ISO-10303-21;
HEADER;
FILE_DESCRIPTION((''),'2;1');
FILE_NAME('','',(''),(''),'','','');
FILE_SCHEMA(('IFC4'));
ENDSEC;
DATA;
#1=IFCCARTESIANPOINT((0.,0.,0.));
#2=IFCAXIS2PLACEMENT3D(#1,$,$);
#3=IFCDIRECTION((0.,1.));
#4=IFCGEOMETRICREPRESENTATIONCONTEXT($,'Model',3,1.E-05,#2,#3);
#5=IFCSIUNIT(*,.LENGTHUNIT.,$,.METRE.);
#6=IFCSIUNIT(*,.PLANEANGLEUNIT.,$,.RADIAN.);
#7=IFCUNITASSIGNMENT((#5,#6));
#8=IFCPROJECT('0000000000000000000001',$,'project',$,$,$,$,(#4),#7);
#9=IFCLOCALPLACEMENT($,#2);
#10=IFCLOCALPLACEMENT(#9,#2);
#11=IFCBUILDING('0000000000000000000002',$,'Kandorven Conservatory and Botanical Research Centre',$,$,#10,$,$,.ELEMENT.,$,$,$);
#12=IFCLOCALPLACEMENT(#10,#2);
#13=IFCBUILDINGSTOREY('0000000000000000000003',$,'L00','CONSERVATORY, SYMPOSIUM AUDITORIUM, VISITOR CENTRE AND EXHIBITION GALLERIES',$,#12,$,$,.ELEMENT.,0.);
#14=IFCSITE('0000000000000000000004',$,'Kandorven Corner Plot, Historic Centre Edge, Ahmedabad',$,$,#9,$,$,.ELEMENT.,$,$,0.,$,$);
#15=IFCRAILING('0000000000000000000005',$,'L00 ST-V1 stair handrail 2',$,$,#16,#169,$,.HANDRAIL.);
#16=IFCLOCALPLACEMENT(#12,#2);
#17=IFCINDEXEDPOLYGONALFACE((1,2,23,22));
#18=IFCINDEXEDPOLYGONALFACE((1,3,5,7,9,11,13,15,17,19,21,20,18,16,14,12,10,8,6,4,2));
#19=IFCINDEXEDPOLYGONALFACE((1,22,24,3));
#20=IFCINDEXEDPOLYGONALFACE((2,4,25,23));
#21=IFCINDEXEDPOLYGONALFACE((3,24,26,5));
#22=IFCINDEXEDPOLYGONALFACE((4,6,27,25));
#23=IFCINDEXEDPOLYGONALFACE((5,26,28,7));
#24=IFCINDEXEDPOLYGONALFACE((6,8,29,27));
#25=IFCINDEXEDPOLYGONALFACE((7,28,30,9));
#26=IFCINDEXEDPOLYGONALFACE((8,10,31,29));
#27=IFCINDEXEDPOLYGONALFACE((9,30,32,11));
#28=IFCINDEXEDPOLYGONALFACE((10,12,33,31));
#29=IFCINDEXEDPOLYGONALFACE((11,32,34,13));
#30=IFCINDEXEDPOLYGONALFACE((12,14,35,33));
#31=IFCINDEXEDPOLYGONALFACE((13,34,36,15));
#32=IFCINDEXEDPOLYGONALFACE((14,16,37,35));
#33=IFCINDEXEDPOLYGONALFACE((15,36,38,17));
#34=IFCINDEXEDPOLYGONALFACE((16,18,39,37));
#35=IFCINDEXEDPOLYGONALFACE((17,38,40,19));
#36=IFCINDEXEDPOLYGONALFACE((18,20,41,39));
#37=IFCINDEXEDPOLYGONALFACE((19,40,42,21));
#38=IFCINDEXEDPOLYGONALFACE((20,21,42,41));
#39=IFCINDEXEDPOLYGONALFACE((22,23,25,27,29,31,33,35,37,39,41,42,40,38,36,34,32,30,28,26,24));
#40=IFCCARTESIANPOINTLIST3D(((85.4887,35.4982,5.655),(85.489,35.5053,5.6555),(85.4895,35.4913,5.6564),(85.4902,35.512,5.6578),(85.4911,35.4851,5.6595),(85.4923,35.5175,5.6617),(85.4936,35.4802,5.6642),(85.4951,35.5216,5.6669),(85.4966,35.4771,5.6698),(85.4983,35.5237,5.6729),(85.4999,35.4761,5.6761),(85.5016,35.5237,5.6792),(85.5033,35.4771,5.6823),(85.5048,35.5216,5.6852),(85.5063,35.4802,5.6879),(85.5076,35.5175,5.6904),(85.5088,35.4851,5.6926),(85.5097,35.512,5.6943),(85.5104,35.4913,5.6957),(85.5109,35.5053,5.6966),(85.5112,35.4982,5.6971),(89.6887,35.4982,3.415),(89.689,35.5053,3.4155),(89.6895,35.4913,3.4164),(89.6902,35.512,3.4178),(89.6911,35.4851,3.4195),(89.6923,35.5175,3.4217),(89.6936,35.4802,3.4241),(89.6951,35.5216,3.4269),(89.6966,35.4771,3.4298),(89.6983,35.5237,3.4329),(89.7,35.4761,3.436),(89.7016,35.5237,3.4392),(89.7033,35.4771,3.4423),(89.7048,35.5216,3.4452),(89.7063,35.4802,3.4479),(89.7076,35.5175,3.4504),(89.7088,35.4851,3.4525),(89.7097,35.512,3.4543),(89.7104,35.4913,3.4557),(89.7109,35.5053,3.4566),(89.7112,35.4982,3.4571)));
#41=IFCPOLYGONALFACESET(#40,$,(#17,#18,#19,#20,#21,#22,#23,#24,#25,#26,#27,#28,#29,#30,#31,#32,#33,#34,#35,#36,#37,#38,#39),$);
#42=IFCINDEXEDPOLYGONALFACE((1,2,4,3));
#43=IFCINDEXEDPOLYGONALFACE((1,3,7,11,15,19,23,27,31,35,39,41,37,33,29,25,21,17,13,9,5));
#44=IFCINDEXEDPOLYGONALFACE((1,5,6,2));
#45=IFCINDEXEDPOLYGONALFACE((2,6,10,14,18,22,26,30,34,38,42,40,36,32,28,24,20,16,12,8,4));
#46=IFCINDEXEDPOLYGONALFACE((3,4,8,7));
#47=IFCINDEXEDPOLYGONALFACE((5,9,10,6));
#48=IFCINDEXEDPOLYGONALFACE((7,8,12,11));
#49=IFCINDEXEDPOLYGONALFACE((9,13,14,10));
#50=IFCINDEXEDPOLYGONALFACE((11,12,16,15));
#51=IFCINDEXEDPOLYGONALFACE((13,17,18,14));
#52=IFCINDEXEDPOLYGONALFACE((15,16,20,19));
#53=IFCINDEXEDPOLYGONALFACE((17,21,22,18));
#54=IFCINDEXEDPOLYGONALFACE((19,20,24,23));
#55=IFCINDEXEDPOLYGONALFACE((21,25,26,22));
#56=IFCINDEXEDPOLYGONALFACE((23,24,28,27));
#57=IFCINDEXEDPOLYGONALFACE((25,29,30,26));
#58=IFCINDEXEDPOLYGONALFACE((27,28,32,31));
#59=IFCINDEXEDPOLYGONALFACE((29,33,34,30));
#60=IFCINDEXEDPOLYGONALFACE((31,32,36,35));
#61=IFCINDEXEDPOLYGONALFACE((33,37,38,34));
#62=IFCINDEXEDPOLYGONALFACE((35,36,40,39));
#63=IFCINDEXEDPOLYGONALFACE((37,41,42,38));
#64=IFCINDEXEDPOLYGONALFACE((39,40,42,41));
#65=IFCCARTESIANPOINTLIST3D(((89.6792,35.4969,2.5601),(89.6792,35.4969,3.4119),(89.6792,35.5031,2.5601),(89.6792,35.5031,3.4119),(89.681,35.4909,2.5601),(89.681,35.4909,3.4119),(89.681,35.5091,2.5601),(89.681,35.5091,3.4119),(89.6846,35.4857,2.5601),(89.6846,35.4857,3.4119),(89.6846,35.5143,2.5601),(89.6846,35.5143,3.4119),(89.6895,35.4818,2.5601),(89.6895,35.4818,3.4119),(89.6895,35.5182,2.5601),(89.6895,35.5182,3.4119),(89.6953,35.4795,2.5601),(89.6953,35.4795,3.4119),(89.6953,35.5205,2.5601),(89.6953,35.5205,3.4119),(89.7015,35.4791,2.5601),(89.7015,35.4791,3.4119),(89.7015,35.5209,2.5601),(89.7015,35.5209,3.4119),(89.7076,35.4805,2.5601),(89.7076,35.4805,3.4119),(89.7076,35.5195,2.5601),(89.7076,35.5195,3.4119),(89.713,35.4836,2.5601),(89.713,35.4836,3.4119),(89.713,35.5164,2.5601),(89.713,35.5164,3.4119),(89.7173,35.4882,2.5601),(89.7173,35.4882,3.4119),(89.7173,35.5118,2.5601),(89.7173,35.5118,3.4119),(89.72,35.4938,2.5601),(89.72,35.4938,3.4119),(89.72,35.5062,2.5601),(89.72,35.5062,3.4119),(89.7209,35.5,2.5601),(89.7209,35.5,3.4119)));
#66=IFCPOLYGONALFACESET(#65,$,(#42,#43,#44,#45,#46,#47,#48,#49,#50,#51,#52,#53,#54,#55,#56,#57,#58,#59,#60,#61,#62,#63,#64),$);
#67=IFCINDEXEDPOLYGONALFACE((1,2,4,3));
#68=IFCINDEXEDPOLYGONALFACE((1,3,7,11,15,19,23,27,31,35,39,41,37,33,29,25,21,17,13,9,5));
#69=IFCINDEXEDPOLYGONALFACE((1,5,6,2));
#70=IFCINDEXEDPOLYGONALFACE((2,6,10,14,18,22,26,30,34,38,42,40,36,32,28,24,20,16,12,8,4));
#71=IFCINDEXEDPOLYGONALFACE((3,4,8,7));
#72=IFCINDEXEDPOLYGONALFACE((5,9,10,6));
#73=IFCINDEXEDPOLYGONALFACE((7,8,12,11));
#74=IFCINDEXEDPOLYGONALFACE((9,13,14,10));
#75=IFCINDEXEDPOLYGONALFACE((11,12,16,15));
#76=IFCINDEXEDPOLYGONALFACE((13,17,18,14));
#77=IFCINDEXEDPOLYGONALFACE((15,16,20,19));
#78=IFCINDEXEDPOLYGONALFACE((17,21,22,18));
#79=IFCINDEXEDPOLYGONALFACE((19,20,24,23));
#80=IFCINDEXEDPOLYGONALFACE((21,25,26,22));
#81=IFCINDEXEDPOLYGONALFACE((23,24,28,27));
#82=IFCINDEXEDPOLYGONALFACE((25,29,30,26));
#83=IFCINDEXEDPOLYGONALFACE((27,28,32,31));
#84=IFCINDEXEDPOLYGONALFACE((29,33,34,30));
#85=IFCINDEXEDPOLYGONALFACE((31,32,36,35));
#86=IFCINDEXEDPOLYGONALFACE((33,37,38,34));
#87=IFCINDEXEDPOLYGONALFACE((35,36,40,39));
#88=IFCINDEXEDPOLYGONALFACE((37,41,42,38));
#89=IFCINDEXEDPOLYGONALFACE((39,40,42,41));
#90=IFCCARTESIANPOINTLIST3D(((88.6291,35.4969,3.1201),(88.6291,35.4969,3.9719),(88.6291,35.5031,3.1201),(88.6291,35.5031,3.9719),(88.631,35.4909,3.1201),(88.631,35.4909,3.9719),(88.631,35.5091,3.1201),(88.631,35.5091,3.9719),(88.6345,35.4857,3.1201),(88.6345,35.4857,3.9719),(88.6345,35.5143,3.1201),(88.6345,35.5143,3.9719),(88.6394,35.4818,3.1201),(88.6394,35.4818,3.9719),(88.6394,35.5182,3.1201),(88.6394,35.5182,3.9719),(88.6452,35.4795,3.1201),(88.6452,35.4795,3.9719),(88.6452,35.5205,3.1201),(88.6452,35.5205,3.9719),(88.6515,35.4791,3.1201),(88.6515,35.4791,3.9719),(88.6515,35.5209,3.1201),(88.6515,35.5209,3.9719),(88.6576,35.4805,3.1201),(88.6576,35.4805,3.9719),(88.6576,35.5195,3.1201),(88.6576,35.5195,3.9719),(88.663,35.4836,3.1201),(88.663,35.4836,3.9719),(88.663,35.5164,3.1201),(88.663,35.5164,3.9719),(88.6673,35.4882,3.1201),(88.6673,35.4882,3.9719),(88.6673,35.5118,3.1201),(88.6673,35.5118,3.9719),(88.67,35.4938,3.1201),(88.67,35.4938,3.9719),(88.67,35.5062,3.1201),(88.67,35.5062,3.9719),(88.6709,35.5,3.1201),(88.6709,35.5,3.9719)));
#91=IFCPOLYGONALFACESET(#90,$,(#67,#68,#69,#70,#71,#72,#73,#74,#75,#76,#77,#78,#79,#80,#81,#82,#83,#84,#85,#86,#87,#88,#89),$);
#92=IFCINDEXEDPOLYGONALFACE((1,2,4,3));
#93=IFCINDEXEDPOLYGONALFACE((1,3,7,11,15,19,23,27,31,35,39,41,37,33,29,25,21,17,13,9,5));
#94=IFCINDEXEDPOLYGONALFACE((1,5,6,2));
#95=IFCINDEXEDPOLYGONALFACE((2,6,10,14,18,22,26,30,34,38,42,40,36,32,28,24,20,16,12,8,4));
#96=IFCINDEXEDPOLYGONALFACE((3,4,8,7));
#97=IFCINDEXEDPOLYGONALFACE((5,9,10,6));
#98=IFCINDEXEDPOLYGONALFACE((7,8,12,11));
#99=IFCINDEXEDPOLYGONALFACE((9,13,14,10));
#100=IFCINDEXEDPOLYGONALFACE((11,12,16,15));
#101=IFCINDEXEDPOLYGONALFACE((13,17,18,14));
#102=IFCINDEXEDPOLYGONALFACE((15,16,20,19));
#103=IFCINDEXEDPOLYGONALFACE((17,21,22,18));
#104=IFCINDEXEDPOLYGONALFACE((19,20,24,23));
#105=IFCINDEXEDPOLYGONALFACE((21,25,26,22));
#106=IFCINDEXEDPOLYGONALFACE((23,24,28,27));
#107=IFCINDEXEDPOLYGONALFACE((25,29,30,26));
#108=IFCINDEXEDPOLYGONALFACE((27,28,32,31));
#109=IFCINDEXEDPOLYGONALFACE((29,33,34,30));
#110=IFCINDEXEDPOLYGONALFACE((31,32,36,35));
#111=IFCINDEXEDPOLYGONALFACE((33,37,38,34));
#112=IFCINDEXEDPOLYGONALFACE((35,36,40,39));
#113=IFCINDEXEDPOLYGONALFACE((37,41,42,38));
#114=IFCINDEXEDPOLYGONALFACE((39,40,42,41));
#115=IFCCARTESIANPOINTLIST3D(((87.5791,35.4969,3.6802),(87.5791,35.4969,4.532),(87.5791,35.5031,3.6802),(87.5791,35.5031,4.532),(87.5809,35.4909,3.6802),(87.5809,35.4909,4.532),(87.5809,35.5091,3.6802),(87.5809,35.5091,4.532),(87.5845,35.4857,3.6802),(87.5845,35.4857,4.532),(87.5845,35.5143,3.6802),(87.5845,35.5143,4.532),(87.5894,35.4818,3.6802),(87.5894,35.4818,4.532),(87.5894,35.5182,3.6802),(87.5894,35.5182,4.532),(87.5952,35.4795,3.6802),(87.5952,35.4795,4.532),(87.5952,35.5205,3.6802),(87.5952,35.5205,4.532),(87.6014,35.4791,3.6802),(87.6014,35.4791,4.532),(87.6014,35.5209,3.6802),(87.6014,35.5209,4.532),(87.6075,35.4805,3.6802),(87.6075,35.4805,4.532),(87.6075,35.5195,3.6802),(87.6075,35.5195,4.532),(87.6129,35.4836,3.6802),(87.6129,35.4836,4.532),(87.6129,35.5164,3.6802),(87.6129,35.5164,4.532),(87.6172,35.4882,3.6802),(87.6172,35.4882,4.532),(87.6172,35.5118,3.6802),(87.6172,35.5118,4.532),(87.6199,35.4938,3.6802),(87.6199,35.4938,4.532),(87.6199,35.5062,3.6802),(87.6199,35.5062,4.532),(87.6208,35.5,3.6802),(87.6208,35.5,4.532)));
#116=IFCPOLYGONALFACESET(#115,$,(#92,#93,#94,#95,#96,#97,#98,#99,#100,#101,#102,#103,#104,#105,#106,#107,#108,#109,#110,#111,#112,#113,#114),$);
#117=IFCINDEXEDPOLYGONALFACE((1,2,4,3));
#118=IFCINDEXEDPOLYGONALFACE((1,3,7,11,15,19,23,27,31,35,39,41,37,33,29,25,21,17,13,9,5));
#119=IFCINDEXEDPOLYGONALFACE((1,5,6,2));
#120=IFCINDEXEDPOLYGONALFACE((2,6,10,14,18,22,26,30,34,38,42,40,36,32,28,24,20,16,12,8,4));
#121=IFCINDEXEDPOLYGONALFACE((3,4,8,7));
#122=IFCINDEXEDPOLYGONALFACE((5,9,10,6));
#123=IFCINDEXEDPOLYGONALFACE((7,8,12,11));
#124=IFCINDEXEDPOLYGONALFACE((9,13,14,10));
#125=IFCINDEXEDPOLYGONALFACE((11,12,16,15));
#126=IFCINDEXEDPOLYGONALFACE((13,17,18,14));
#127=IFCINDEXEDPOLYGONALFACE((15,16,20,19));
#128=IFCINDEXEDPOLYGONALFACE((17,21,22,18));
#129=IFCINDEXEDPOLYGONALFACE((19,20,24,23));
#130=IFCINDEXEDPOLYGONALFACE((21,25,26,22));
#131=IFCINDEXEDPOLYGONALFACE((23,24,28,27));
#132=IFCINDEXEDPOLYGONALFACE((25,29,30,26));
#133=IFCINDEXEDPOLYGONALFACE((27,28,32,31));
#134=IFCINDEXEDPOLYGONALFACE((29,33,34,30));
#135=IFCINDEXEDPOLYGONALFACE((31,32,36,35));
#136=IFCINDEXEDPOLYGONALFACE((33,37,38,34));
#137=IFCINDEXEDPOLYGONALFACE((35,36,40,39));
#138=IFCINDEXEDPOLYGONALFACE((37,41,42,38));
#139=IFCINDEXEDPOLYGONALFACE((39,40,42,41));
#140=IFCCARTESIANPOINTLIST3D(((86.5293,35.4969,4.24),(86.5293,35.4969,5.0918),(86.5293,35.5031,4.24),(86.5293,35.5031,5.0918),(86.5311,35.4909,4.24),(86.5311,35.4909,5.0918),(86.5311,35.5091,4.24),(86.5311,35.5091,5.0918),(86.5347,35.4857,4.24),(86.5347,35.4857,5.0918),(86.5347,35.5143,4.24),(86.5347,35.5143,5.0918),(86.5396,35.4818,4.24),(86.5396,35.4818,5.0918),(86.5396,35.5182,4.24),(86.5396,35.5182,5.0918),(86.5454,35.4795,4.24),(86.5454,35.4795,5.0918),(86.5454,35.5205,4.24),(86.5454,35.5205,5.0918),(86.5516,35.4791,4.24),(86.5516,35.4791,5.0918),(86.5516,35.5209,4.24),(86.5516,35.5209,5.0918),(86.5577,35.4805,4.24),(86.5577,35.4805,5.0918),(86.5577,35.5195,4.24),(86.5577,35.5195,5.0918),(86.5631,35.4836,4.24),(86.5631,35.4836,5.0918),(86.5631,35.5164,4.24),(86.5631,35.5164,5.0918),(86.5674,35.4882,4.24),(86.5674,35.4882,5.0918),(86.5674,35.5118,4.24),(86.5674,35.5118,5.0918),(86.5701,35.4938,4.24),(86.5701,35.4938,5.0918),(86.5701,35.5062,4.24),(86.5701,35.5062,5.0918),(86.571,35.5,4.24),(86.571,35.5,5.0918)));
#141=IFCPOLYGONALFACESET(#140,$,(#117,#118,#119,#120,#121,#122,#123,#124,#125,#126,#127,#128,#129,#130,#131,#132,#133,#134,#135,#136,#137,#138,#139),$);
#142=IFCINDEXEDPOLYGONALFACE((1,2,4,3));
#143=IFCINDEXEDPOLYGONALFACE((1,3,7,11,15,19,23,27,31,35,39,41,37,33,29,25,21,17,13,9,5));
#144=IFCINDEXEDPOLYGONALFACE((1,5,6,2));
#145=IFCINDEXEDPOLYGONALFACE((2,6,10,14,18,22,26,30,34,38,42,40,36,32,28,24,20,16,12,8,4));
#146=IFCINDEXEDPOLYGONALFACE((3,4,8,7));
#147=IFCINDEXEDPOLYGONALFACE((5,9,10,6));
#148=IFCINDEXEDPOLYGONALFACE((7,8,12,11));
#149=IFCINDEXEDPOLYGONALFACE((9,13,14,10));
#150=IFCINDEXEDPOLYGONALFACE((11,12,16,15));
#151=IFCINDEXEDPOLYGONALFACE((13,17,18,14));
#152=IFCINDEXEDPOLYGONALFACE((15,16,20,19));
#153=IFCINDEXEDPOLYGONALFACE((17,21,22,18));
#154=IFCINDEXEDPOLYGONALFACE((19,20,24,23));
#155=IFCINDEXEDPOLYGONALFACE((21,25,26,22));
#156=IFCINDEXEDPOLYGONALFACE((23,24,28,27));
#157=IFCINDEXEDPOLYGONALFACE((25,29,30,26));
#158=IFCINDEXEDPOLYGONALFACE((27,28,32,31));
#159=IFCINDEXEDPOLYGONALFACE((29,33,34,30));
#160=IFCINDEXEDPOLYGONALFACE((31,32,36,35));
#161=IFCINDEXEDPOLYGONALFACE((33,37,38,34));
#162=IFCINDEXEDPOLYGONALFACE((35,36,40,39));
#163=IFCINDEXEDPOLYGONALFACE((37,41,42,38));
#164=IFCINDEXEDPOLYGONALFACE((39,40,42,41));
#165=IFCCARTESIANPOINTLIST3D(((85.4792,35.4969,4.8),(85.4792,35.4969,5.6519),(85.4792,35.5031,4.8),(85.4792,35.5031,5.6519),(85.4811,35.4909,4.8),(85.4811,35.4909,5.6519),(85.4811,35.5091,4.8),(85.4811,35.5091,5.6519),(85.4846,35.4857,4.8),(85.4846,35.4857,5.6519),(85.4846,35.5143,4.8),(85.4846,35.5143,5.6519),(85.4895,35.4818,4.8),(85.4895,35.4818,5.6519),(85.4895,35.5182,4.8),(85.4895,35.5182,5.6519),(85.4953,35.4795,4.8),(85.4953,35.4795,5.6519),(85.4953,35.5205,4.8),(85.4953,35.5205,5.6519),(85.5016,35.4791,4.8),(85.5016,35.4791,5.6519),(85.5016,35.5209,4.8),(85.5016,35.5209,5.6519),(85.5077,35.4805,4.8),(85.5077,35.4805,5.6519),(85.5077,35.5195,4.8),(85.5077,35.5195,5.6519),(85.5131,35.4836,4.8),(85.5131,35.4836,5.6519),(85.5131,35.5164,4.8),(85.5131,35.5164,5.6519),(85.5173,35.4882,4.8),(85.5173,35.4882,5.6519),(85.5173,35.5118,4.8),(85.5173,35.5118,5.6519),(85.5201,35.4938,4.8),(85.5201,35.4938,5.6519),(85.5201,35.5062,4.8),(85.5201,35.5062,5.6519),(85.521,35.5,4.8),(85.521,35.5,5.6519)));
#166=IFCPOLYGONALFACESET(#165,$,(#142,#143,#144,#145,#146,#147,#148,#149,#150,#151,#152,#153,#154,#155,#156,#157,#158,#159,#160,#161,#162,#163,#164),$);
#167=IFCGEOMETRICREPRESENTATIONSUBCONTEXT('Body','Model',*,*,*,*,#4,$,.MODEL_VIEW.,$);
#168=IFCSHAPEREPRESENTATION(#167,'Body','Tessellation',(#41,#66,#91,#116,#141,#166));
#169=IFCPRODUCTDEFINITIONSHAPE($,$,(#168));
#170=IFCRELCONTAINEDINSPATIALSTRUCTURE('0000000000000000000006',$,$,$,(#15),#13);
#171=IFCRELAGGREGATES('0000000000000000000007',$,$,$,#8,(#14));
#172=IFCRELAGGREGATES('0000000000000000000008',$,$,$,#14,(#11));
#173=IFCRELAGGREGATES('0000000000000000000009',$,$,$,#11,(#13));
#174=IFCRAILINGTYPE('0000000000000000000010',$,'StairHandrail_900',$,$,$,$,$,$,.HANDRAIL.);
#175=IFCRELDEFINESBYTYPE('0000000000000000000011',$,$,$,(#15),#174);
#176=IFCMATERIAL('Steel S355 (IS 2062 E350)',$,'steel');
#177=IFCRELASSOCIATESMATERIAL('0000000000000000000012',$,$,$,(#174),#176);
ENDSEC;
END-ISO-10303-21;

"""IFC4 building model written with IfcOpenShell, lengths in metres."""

from ifc_helpers import new_model, si_unit, direction, frame, origin, origin_2d, place, context, subcontext, project, spatial, circle, extrude, material, type_object, element, save


model = new_model("IFC4")

# Units and contexts
model_context = context("Model", 3, precision=1e-05, world=origin(), true_north=direction((0.0, 1.0)))
body_context = subcontext(model_context, "Body", "Model", "MODEL_VIEW")
ifc_project = project(units=[si_unit("LENGTHUNIT", "METRE"), si_unit("PLANEANGLEUNIT", "RADIAN")], contexts=[model_context])

# Site, building, storey
site_placement = place(None, origin())
site = spatial("IfcSite", under=ifc_project, at=site_placement, Name="Kandorven Corner Plot, Historic Centre Edge, Ahmedabad", CompositionType="ELEMENT", RefElevation=0.0)
building_placement = place(site_placement, origin())
building = spatial("IfcBuilding", under=site, at=building_placement, Name="Kandorven Conservatory and Botanical Research Centre", CompositionType="ELEMENT")
storey_placement = place(building_placement, origin())
storey = spatial("IfcBuildingStorey", under=building, at=storey_placement, Name="L00", Description="CONSERVATORY, SYMPOSIUM AUDITORIUM, VISITOR CENTRE AND EXHIBITION GALLERIES", CompositionType="ELEMENT", Elevation=0.0)

# Railing
ifc_material_1 = material(Name="Steel S355 (IS 2062 E350)", Category="steel")
railing_type_1 = type_object("IfcRailingType", Name="StairHandrail_900", PredefinedType="HANDRAIL", material=ifc_material_1)
railing_1_placement = place(storey_placement, frame((89.7, 35.5, 2.5601)))
element("IfcRailing", 1, at=railing_1_placement, inside=storey, type_object=railing_type_1, Name="L00 ST-V1 stair handrail 2", PredefinedType="HANDRAIL", context=body_context, shape_type="SweptSolid", body=[
    extrude(circle(Radius=0.0239, at=origin_2d()), frame((0.0, 0.0, 0.876), z_axis=(-0.882352, 0.0, 0.470591), x_axis=(0.0, -1.0, 0.0)), (0.0, 0.0, 1.0), 4.76),
    extrude(circle(Radius=0.021, at=origin_2d()), origin(), (0.0, 0.0, 1.0), 0.8518),
    extrude(circle(Radius=0.021, at=origin_2d()), frame((-1.05, 0.0, 0.5601)), (0.0, 0.0, 1.0), 0.8518),
    extrude(circle(Radius=0.021, at=origin_2d()), frame((-2.1001, 0.0, 1.1201)), (0.0, 0.0, 1.0), 0.8518),
    extrude(circle(Radius=0.021, at=origin_2d()), frame((-3.1499, 0.0, 1.6799)), (0.0, 0.0, 1.0), 0.8518),
    extrude(circle(Radius=0.021, at=origin_2d()), frame((-4.2, 0.0, 2.24)), (0.0, 0.0, 1.0), 0.8518),
])

save(model, "model.ifc")
